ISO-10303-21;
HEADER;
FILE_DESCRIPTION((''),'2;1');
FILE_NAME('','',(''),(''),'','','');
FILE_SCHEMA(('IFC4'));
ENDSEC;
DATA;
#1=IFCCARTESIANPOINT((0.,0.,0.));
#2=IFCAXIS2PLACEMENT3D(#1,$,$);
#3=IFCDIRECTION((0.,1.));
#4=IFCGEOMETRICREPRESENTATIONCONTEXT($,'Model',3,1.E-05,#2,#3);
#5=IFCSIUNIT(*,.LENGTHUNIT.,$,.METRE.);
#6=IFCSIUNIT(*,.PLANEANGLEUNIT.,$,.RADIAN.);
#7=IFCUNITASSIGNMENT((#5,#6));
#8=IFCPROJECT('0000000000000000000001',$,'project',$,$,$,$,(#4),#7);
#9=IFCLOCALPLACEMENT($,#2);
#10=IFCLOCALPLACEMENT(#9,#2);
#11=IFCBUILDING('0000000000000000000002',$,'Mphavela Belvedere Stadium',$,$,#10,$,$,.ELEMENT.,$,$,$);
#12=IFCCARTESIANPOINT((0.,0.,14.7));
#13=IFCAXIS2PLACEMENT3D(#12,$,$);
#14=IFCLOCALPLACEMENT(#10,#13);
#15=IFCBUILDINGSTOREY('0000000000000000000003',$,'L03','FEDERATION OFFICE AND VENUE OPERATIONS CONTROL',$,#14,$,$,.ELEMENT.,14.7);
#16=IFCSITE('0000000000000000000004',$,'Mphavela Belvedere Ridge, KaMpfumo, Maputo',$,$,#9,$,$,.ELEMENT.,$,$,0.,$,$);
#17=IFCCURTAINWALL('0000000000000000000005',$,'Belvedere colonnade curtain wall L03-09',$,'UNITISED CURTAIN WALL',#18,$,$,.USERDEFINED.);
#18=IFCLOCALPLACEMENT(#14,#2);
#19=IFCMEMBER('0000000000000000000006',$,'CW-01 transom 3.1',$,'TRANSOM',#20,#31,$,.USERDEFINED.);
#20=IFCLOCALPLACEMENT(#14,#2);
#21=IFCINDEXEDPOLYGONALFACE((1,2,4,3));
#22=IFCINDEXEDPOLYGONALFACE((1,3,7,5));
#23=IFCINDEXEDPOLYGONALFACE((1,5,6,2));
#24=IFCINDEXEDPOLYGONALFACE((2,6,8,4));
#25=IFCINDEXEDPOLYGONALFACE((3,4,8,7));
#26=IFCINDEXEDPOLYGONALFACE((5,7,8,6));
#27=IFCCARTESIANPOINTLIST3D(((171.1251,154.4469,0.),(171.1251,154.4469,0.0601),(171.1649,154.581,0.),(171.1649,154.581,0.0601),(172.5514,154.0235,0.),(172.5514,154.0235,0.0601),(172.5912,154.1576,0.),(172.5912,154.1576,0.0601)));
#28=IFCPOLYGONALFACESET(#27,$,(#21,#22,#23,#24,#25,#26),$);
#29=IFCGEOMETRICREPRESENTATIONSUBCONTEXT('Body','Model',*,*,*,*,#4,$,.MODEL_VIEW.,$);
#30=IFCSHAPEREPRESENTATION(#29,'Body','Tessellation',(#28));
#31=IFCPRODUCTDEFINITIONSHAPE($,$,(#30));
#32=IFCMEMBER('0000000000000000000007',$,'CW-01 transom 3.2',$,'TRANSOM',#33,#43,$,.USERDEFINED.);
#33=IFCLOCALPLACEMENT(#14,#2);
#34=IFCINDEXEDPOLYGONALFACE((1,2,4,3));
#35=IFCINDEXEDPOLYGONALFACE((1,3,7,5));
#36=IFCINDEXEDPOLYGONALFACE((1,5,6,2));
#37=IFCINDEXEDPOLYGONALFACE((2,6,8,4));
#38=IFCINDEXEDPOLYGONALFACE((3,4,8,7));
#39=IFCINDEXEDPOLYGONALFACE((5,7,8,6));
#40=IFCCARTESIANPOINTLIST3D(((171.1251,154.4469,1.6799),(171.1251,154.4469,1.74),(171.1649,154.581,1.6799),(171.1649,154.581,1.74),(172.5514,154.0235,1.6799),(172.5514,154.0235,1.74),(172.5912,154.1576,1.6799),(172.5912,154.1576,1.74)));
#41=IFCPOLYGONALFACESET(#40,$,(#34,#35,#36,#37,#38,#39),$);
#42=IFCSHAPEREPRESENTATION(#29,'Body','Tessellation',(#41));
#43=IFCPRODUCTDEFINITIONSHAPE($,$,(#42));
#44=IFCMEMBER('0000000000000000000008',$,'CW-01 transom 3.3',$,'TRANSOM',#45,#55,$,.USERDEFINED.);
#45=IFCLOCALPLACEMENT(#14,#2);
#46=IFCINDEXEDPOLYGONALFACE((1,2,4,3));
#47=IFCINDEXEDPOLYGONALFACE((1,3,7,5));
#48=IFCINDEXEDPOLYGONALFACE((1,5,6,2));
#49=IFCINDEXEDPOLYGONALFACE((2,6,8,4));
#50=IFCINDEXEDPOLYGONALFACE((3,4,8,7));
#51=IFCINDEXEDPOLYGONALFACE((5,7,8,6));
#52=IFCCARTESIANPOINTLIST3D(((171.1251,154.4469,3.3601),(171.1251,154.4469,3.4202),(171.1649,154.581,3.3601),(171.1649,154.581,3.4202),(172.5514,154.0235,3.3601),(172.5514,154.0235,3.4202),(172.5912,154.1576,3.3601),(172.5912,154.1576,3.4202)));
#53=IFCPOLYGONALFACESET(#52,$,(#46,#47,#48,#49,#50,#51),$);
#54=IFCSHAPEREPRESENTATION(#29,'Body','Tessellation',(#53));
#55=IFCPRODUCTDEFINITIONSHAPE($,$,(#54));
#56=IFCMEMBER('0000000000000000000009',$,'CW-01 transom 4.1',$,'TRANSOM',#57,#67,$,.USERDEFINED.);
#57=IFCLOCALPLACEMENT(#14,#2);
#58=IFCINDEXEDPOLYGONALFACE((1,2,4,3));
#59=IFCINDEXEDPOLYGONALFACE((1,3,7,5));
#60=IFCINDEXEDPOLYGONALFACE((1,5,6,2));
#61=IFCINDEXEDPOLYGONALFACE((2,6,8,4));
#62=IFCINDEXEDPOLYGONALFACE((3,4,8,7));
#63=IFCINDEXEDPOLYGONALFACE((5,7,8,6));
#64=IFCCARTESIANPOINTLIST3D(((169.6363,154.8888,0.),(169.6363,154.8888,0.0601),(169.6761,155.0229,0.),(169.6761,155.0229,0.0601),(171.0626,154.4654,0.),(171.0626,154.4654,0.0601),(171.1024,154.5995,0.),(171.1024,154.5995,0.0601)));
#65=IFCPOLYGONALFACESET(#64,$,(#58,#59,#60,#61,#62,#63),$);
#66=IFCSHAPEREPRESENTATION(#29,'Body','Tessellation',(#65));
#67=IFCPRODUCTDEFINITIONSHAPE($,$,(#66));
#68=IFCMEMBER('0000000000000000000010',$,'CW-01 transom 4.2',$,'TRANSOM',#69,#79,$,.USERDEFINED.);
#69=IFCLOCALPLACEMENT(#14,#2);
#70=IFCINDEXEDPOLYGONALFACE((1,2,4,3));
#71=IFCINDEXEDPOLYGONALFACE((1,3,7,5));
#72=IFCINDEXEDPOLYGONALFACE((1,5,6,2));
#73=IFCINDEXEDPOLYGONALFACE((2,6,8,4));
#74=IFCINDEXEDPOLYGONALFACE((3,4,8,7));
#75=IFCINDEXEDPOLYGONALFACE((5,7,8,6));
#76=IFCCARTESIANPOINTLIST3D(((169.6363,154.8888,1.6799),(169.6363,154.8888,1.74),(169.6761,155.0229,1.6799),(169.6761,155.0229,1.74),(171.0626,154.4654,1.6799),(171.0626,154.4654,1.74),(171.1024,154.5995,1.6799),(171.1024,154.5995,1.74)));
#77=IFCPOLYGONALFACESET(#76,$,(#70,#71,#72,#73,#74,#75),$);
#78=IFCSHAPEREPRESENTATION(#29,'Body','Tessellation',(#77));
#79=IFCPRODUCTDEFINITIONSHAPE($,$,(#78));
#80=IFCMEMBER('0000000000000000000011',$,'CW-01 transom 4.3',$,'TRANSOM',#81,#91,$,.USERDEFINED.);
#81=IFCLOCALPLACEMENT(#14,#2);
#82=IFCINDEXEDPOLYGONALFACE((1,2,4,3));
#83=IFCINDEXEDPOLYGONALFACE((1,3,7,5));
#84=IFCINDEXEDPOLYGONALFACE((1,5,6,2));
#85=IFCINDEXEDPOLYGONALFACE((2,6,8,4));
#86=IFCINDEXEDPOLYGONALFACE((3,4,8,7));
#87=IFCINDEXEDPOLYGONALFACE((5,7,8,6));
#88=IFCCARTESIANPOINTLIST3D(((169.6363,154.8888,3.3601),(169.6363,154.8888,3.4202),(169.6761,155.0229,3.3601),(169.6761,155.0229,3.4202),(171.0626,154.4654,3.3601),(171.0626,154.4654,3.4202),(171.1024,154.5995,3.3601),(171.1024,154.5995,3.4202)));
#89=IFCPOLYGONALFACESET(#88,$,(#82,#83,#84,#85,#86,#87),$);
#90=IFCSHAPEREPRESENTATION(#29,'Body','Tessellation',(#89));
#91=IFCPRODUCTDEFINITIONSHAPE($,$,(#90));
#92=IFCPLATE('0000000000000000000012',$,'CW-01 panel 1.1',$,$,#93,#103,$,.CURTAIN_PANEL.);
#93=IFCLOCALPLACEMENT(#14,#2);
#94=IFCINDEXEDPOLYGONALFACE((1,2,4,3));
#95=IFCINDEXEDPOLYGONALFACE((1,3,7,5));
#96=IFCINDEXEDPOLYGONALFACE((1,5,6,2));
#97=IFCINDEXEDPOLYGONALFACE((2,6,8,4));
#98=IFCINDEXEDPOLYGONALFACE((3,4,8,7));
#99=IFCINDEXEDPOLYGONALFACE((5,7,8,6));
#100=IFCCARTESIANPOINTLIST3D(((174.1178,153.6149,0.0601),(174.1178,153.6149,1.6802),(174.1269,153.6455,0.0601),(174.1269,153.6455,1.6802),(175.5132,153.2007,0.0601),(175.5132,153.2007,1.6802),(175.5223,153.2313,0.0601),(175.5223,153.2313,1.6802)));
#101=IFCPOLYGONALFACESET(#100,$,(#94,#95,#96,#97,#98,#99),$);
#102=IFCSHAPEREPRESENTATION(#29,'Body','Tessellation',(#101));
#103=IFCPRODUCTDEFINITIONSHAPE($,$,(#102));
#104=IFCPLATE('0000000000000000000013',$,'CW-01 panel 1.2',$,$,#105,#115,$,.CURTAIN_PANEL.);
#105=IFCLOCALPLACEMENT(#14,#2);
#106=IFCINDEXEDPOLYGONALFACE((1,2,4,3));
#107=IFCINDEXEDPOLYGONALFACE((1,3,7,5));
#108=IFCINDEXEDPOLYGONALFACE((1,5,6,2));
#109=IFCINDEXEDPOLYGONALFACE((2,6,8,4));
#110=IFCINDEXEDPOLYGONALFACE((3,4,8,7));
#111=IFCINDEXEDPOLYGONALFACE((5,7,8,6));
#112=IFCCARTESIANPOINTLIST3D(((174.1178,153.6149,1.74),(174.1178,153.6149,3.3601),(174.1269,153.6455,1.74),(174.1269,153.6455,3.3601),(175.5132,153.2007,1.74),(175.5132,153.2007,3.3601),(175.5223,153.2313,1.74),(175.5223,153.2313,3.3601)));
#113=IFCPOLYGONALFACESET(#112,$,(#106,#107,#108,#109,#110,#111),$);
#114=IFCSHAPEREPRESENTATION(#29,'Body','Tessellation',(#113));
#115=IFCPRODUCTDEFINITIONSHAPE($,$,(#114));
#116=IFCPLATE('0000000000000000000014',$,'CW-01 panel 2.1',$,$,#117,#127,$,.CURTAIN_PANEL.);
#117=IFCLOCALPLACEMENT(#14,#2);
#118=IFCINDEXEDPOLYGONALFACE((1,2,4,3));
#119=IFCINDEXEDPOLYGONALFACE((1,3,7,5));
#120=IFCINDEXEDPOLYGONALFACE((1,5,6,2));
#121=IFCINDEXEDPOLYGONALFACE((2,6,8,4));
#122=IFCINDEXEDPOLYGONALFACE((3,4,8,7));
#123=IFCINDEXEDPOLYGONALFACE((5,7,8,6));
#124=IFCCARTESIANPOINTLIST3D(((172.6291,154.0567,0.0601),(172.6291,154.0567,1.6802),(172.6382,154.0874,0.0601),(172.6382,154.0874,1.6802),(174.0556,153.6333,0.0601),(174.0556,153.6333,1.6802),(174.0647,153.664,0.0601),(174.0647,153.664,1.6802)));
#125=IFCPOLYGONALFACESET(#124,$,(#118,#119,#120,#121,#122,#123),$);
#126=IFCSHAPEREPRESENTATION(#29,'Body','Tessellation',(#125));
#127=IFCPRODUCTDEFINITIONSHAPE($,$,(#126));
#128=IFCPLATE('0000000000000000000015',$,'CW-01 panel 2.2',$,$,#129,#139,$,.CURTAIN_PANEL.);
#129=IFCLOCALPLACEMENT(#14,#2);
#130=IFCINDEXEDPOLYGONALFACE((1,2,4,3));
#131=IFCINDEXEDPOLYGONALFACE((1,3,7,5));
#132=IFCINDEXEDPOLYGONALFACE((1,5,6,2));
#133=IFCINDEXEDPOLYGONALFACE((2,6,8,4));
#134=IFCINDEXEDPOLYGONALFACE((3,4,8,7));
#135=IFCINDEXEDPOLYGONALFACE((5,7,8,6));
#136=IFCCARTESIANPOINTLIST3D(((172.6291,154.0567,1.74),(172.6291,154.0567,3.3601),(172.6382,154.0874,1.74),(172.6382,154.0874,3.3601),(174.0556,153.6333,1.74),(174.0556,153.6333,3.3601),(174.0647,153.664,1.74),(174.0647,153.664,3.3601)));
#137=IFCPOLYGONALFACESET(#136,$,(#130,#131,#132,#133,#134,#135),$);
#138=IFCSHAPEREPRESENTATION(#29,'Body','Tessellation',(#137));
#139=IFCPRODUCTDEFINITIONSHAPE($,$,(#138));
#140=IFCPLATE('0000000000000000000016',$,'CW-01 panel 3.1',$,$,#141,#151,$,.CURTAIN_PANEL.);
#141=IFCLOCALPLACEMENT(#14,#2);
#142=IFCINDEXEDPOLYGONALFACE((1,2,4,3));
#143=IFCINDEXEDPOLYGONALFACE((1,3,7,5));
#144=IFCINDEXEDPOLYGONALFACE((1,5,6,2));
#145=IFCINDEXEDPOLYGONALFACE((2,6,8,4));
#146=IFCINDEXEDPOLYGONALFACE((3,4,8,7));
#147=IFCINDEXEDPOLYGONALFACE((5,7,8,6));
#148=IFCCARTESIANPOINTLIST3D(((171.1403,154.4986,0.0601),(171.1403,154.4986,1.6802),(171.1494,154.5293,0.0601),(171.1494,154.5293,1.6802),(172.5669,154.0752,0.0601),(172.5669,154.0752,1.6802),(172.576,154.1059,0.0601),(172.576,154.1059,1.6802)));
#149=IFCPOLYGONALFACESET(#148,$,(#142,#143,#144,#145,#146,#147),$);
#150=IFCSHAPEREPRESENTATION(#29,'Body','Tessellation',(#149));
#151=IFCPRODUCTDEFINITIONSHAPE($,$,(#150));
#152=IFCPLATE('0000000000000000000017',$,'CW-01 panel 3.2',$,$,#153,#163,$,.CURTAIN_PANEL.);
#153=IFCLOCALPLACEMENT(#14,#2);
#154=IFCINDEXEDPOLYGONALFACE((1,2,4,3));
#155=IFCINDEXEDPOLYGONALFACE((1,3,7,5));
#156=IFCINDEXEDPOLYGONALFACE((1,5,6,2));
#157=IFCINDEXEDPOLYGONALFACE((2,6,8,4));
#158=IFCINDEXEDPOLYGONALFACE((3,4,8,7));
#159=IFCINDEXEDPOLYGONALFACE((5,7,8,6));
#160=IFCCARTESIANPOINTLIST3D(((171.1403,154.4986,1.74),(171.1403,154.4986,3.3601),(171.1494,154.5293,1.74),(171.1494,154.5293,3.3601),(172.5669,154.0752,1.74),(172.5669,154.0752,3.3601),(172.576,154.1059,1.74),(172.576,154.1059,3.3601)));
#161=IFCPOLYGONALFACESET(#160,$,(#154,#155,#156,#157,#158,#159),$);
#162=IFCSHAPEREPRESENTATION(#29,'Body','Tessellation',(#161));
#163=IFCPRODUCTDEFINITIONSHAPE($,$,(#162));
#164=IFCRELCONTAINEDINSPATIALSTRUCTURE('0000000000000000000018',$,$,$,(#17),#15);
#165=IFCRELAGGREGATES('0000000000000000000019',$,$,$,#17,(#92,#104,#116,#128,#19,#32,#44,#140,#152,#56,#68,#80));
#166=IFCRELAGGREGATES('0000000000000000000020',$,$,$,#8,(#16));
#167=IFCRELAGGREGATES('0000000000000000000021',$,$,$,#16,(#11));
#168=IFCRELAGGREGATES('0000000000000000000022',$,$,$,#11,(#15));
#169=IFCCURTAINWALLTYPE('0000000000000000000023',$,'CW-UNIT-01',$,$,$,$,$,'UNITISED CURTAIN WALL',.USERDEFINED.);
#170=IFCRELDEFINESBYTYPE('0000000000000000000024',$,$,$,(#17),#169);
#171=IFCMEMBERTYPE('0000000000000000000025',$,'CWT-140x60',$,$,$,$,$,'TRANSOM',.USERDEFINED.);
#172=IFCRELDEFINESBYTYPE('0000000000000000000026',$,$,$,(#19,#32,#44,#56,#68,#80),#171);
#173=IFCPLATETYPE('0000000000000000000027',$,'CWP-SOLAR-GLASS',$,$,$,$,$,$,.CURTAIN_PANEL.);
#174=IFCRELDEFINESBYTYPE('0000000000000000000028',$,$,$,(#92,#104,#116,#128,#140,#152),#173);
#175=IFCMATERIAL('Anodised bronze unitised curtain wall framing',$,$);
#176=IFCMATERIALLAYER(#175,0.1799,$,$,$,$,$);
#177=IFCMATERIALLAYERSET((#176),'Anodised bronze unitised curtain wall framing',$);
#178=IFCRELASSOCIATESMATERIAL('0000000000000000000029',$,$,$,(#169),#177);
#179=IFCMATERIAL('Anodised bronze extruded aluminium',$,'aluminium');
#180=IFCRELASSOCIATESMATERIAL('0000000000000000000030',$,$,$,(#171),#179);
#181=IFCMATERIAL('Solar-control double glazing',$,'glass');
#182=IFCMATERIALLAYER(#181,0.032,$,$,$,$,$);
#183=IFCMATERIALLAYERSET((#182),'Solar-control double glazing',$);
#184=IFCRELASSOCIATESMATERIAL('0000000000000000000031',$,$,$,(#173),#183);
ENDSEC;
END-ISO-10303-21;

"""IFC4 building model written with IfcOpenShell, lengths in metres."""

from ifc_helpers import new_model, si_unit, direction, frame, origin, origin_2d, place, context, subcontext, project, spatial, rectangle, extrude, material, layer, layer_set, material_profile, profile_set, type_object, element, aggregate, save


model = new_model("IFC4")

# Units and contexts
model_context = context("Model", 3, precision=1e-05, world=origin(), true_north=direction((0.0, 1.0)))
body_context = subcontext(model_context, "Body", "Model", "MODEL_VIEW")
ifc_project = project(units=[si_unit("LENGTHUNIT", "METRE"), si_unit("PLANEANGLEUNIT", "RADIAN")], contexts=[model_context])

# Site, building, storey
site_placement = place(None, origin())
site = spatial("IfcSite", under=ifc_project, at=site_placement, Name="Mphavela Belvedere Ridge, KaMpfumo, Maputo", CompositionType="ELEMENT", RefElevation=0.0)
building_placement = place(site_placement, origin())
building = spatial("IfcBuilding", under=site, at=building_placement, Name="Mphavela Belvedere Stadium", CompositionType="ELEMENT")
storey_placement = place(building_placement, frame((0.0, 0.0, 14.7)))
storey = spatial("IfcBuildingStorey", under=building, at=storey_placement, Name="L03", Description="FEDERATION OFFICE AND VENUE OPERATIONS CONTROL", CompositionType="ELEMENT", Elevation=14.7)

# Curtain wall, members, plates
ifc_material_1 = material(Name="Anodised bronze unitised curtain wall framing")
ifc_layer_1 = layer(ifc_material_1, 0.1799)
ifc_layer_set_1 = layer_set([ifc_layer_1], Name="Anodised bronze unitised curtain wall framing")
curtain_wall_type = type_object("IfcCurtainWallType", Name="CW-UNIT-01", ElementType="UNITISED CURTAIN WALL", PredefinedType="USERDEFINED", material=ifc_layer_set_1)
curtain_wall_placement = place(storey_placement, origin())
curtain_wall = element("IfcCurtainWall", 1, at=curtain_wall_placement, inside=storey, type_object=curtain_wall_type, Name="Belvedere colonnade curtain wall L03-09", ObjectType="UNITISED CURTAIN WALL", PredefinedType="USERDEFINED")
ifc_material_2 = material(Name="Anodised bronze extruded aluminium", Category="aluminium")
ifc_material_profile_1 = material_profile(ifc_material_2, rectangle(XDim=0.1399, YDim=0.0601, at=origin_2d()), Name="CW-TRN 140x60")
ifc_profile_set_1 = profile_set([ifc_material_profile_1], Name="Anodised bronze extruded aluminium")
member_type_1 = type_object("IfcMemberType", Name="CWT-140x60", ElementType="TRANSOM", PredefinedType="USERDEFINED", material=ifc_profile_set_1)
member_1_placement = place(storey_placement, frame((172.5713, 154.0906, 0.03), z_axis=(-0.958662, 0.284546, 0.0), x_axis=(-0.284546, -0.958662, 0.0)))
member_1 = element("IfcMember", 2, at=member_1_placement, type_object=member_type_1, Name="CW-01 transom 3.1", ObjectType="TRANSOM", PredefinedType="USERDEFINED", context=body_context, shape_type="SweptSolid", body=[
    extrude(rectangle(XDim=0.1399, YDim=0.0601, at=origin_2d()), origin(), (0.0, 0.0, 1.0), 1.4878),
])
member_2_placement = place(storey_placement, frame((172.5713, 154.0906, 1.71), z_axis=(-0.958662, 0.284546, 0.0), x_axis=(-0.284546, -0.958662, 0.0)))
member_2 = element("IfcMember", 3, at=member_2_placement, type_object=member_type_1, Name="CW-01 transom 3.2", ObjectType="TRANSOM", PredefinedType="USERDEFINED", context=body_context, shape_type="SweptSolid", body=[
    extrude(rectangle(XDim=0.1399, YDim=0.0601, at=origin_2d()), origin(), (0.0, 0.0, 1.0), 1.4878),
])
member_3_placement = place(storey_placement, frame((172.5713, 154.0906, 3.3901), z_axis=(-0.958662, 0.284546, 0.0), x_axis=(-0.284546, -0.958662, 0.0)))
member_3 = element("IfcMember", 4, at=member_3_placement, type_object=member_type_1, Name="CW-01 transom 3.3", ObjectType="TRANSOM", PredefinedType="USERDEFINED", context=body_context, shape_type="SweptSolid", body=[
    extrude(rectangle(XDim=0.1399, YDim=0.0601, at=origin_2d()), origin(), (0.0, 0.0, 1.0), 1.4878),
])
member_4_placement = place(storey_placement, frame((171.0825, 154.5325, 0.03), z_axis=(-0.958662, 0.284546, 0.0), x_axis=(-0.284546, -0.958662, 0.0)))
member_4 = element("IfcMember", 5, at=member_4_placement, type_object=member_type_1, Name="CW-01 transom 4.1", ObjectType="TRANSOM", PredefinedType="USERDEFINED", context=body_context, shape_type="SweptSolid", body=[
    extrude(rectangle(XDim=0.1399, YDim=0.0601, at=origin_2d()), origin(), (0.0, 0.0, 1.0), 1.4878),
])
member_5_placement = place(storey_placement, frame((171.0825, 154.5325, 1.71), z_axis=(-0.958662, 0.284546, 0.0), x_axis=(-0.284546, -0.958662, 0.0)))
member_5 = element("IfcMember", 6, at=member_5_placement, type_object=member_type_1, Name="CW-01 transom 4.2", ObjectType="TRANSOM", PredefinedType="USERDEFINED", context=body_context, shape_type="SweptSolid", body=[
    extrude(rectangle(XDim=0.1399, YDim=0.0601, at=origin_2d()), origin(), (0.0, 0.0, 1.0), 1.4878),
])
member_6_placement = place(storey_placement, frame((171.0825, 154.5325, 3.3901), z_axis=(-0.958662, 0.284546, 0.0), x_axis=(-0.284546, -0.958662, 0.0)))
member_6 = element("IfcMember", 7, at=member_6_placement, type_object=member_type_1, Name="CW-01 transom 4.3", ObjectType="TRANSOM", PredefinedType="USERDEFINED", context=body_context, shape_type="SweptSolid", body=[
    extrude(rectangle(XDim=0.1399, YDim=0.0601, at=origin_2d()), origin(), (0.0, 0.0, 1.0), 1.4878),
])
ifc_material_3 = material(Name="Solar-control double glazing", Category="glass")
ifc_layer_2 = layer(ifc_material_3, 0.032)
ifc_layer_set_2 = layer_set([ifc_layer_2], Name="Solar-control double glazing")
plate_type = type_object("IfcPlateType", Name="CWP-SOLAR-GLASS", PredefinedType="CURTAIN_PANEL", material=ifc_layer_set_2)
plate_1_placement = place(storey_placement, frame((174.8201, 153.4231, 0.0601), z_axis=(0.0, 0.0, 1.0), x_axis=(-0.958657, 0.284565, 0.0)))
plate_1 = element("IfcPlate", 8, at=plate_1_placement, type_object=plate_type, Name="CW-01 panel 1.1", PredefinedType="CURTAIN_PANEL", context=body_context, shape_type="SweptSolid", body=[
    extrude(rectangle(XDim=1.4556, YDim=0.032, at=origin_2d()), origin(), (0.0, 0.0, 1.0), 1.6201),
])
plate_2_placement = place(storey_placement, frame((174.8201, 153.4231, 1.74), z_axis=(0.0, 0.0, 1.0), x_axis=(-0.958657, 0.284565, 0.0)))
plate_2 = element("IfcPlate", 9, at=plate_2_placement, type_object=plate_type, Name="CW-01 panel 1.2", PredefinedType="CURTAIN_PANEL", context=body_context, shape_type="SweptSolid", body=[
    extrude(rectangle(XDim=1.4556, YDim=0.032, at=origin_2d()), origin(), (0.0, 0.0, 1.0), 1.6201),
])
plate_3_placement = place(storey_placement, frame((173.3469, 153.8604, 0.0601), z_axis=(0.0, 0.0, 1.0), x_axis=(-0.958657, 0.284565, 0.0)))
plate_3 = element("IfcPlate", 10, at=plate_3_placement, type_object=plate_type, Name="CW-01 panel 2.1", PredefinedType="CURTAIN_PANEL", context=body_context, shape_type="SweptSolid", body=[
    extrude(rectangle(XDim=1.488, YDim=0.032, at=origin_2d()), origin(), (0.0, 0.0, 1.0), 1.6201),
])
plate_4_placement = place(storey_placement, frame((173.3469, 153.8604, 1.74), z_axis=(0.0, 0.0, 1.0), x_axis=(-0.958657, 0.284565, 0.0)))
plate_4 = element("IfcPlate", 11, at=plate_4_placement, type_object=plate_type, Name="CW-01 panel 2.2", PredefinedType="CURTAIN_PANEL", context=body_context, shape_type="SweptSolid", body=[
    extrude(rectangle(XDim=1.488, YDim=0.032, at=origin_2d()), origin(), (0.0, 0.0, 1.0), 1.6201),
])
plate_5_placement = place(storey_placement, frame((171.8582, 154.3022, 0.0601), z_axis=(0.0, 0.0, 1.0), x_axis=(-0.958657, 0.284565, 0.0)))
plate_5 = element("IfcPlate", 12, at=plate_5_placement, type_object=plate_type, Name="CW-01 panel 3.1", PredefinedType="CURTAIN_PANEL", context=body_context, shape_type="SweptSolid", body=[
    extrude(rectangle(XDim=1.488, YDim=0.032, at=origin_2d()), origin(), (0.0, 0.0, 1.0), 1.6201),
])
plate_6_placement = place(storey_placement, frame((171.8582, 154.3022, 1.74), z_axis=(0.0, 0.0, 1.0), x_axis=(-0.958657, 0.284565, 0.0)))
plate_6 = element("IfcPlate", 13, at=plate_6_placement, type_object=plate_type, Name="CW-01 panel 3.2", PredefinedType="CURTAIN_PANEL", context=body_context, shape_type="SweptSolid", body=[
    extrude(rectangle(XDim=1.488, YDim=0.032, at=origin_2d()), origin(), (0.0, 0.0, 1.0), 1.6201),
])
aggregate(curtain_wall, [plate_1, plate_2, plate_3, plate_4, member_1, member_2, member_3, plate_5, plate_6, member_4, member_5, member_6])

save(model, "model.ifc")
